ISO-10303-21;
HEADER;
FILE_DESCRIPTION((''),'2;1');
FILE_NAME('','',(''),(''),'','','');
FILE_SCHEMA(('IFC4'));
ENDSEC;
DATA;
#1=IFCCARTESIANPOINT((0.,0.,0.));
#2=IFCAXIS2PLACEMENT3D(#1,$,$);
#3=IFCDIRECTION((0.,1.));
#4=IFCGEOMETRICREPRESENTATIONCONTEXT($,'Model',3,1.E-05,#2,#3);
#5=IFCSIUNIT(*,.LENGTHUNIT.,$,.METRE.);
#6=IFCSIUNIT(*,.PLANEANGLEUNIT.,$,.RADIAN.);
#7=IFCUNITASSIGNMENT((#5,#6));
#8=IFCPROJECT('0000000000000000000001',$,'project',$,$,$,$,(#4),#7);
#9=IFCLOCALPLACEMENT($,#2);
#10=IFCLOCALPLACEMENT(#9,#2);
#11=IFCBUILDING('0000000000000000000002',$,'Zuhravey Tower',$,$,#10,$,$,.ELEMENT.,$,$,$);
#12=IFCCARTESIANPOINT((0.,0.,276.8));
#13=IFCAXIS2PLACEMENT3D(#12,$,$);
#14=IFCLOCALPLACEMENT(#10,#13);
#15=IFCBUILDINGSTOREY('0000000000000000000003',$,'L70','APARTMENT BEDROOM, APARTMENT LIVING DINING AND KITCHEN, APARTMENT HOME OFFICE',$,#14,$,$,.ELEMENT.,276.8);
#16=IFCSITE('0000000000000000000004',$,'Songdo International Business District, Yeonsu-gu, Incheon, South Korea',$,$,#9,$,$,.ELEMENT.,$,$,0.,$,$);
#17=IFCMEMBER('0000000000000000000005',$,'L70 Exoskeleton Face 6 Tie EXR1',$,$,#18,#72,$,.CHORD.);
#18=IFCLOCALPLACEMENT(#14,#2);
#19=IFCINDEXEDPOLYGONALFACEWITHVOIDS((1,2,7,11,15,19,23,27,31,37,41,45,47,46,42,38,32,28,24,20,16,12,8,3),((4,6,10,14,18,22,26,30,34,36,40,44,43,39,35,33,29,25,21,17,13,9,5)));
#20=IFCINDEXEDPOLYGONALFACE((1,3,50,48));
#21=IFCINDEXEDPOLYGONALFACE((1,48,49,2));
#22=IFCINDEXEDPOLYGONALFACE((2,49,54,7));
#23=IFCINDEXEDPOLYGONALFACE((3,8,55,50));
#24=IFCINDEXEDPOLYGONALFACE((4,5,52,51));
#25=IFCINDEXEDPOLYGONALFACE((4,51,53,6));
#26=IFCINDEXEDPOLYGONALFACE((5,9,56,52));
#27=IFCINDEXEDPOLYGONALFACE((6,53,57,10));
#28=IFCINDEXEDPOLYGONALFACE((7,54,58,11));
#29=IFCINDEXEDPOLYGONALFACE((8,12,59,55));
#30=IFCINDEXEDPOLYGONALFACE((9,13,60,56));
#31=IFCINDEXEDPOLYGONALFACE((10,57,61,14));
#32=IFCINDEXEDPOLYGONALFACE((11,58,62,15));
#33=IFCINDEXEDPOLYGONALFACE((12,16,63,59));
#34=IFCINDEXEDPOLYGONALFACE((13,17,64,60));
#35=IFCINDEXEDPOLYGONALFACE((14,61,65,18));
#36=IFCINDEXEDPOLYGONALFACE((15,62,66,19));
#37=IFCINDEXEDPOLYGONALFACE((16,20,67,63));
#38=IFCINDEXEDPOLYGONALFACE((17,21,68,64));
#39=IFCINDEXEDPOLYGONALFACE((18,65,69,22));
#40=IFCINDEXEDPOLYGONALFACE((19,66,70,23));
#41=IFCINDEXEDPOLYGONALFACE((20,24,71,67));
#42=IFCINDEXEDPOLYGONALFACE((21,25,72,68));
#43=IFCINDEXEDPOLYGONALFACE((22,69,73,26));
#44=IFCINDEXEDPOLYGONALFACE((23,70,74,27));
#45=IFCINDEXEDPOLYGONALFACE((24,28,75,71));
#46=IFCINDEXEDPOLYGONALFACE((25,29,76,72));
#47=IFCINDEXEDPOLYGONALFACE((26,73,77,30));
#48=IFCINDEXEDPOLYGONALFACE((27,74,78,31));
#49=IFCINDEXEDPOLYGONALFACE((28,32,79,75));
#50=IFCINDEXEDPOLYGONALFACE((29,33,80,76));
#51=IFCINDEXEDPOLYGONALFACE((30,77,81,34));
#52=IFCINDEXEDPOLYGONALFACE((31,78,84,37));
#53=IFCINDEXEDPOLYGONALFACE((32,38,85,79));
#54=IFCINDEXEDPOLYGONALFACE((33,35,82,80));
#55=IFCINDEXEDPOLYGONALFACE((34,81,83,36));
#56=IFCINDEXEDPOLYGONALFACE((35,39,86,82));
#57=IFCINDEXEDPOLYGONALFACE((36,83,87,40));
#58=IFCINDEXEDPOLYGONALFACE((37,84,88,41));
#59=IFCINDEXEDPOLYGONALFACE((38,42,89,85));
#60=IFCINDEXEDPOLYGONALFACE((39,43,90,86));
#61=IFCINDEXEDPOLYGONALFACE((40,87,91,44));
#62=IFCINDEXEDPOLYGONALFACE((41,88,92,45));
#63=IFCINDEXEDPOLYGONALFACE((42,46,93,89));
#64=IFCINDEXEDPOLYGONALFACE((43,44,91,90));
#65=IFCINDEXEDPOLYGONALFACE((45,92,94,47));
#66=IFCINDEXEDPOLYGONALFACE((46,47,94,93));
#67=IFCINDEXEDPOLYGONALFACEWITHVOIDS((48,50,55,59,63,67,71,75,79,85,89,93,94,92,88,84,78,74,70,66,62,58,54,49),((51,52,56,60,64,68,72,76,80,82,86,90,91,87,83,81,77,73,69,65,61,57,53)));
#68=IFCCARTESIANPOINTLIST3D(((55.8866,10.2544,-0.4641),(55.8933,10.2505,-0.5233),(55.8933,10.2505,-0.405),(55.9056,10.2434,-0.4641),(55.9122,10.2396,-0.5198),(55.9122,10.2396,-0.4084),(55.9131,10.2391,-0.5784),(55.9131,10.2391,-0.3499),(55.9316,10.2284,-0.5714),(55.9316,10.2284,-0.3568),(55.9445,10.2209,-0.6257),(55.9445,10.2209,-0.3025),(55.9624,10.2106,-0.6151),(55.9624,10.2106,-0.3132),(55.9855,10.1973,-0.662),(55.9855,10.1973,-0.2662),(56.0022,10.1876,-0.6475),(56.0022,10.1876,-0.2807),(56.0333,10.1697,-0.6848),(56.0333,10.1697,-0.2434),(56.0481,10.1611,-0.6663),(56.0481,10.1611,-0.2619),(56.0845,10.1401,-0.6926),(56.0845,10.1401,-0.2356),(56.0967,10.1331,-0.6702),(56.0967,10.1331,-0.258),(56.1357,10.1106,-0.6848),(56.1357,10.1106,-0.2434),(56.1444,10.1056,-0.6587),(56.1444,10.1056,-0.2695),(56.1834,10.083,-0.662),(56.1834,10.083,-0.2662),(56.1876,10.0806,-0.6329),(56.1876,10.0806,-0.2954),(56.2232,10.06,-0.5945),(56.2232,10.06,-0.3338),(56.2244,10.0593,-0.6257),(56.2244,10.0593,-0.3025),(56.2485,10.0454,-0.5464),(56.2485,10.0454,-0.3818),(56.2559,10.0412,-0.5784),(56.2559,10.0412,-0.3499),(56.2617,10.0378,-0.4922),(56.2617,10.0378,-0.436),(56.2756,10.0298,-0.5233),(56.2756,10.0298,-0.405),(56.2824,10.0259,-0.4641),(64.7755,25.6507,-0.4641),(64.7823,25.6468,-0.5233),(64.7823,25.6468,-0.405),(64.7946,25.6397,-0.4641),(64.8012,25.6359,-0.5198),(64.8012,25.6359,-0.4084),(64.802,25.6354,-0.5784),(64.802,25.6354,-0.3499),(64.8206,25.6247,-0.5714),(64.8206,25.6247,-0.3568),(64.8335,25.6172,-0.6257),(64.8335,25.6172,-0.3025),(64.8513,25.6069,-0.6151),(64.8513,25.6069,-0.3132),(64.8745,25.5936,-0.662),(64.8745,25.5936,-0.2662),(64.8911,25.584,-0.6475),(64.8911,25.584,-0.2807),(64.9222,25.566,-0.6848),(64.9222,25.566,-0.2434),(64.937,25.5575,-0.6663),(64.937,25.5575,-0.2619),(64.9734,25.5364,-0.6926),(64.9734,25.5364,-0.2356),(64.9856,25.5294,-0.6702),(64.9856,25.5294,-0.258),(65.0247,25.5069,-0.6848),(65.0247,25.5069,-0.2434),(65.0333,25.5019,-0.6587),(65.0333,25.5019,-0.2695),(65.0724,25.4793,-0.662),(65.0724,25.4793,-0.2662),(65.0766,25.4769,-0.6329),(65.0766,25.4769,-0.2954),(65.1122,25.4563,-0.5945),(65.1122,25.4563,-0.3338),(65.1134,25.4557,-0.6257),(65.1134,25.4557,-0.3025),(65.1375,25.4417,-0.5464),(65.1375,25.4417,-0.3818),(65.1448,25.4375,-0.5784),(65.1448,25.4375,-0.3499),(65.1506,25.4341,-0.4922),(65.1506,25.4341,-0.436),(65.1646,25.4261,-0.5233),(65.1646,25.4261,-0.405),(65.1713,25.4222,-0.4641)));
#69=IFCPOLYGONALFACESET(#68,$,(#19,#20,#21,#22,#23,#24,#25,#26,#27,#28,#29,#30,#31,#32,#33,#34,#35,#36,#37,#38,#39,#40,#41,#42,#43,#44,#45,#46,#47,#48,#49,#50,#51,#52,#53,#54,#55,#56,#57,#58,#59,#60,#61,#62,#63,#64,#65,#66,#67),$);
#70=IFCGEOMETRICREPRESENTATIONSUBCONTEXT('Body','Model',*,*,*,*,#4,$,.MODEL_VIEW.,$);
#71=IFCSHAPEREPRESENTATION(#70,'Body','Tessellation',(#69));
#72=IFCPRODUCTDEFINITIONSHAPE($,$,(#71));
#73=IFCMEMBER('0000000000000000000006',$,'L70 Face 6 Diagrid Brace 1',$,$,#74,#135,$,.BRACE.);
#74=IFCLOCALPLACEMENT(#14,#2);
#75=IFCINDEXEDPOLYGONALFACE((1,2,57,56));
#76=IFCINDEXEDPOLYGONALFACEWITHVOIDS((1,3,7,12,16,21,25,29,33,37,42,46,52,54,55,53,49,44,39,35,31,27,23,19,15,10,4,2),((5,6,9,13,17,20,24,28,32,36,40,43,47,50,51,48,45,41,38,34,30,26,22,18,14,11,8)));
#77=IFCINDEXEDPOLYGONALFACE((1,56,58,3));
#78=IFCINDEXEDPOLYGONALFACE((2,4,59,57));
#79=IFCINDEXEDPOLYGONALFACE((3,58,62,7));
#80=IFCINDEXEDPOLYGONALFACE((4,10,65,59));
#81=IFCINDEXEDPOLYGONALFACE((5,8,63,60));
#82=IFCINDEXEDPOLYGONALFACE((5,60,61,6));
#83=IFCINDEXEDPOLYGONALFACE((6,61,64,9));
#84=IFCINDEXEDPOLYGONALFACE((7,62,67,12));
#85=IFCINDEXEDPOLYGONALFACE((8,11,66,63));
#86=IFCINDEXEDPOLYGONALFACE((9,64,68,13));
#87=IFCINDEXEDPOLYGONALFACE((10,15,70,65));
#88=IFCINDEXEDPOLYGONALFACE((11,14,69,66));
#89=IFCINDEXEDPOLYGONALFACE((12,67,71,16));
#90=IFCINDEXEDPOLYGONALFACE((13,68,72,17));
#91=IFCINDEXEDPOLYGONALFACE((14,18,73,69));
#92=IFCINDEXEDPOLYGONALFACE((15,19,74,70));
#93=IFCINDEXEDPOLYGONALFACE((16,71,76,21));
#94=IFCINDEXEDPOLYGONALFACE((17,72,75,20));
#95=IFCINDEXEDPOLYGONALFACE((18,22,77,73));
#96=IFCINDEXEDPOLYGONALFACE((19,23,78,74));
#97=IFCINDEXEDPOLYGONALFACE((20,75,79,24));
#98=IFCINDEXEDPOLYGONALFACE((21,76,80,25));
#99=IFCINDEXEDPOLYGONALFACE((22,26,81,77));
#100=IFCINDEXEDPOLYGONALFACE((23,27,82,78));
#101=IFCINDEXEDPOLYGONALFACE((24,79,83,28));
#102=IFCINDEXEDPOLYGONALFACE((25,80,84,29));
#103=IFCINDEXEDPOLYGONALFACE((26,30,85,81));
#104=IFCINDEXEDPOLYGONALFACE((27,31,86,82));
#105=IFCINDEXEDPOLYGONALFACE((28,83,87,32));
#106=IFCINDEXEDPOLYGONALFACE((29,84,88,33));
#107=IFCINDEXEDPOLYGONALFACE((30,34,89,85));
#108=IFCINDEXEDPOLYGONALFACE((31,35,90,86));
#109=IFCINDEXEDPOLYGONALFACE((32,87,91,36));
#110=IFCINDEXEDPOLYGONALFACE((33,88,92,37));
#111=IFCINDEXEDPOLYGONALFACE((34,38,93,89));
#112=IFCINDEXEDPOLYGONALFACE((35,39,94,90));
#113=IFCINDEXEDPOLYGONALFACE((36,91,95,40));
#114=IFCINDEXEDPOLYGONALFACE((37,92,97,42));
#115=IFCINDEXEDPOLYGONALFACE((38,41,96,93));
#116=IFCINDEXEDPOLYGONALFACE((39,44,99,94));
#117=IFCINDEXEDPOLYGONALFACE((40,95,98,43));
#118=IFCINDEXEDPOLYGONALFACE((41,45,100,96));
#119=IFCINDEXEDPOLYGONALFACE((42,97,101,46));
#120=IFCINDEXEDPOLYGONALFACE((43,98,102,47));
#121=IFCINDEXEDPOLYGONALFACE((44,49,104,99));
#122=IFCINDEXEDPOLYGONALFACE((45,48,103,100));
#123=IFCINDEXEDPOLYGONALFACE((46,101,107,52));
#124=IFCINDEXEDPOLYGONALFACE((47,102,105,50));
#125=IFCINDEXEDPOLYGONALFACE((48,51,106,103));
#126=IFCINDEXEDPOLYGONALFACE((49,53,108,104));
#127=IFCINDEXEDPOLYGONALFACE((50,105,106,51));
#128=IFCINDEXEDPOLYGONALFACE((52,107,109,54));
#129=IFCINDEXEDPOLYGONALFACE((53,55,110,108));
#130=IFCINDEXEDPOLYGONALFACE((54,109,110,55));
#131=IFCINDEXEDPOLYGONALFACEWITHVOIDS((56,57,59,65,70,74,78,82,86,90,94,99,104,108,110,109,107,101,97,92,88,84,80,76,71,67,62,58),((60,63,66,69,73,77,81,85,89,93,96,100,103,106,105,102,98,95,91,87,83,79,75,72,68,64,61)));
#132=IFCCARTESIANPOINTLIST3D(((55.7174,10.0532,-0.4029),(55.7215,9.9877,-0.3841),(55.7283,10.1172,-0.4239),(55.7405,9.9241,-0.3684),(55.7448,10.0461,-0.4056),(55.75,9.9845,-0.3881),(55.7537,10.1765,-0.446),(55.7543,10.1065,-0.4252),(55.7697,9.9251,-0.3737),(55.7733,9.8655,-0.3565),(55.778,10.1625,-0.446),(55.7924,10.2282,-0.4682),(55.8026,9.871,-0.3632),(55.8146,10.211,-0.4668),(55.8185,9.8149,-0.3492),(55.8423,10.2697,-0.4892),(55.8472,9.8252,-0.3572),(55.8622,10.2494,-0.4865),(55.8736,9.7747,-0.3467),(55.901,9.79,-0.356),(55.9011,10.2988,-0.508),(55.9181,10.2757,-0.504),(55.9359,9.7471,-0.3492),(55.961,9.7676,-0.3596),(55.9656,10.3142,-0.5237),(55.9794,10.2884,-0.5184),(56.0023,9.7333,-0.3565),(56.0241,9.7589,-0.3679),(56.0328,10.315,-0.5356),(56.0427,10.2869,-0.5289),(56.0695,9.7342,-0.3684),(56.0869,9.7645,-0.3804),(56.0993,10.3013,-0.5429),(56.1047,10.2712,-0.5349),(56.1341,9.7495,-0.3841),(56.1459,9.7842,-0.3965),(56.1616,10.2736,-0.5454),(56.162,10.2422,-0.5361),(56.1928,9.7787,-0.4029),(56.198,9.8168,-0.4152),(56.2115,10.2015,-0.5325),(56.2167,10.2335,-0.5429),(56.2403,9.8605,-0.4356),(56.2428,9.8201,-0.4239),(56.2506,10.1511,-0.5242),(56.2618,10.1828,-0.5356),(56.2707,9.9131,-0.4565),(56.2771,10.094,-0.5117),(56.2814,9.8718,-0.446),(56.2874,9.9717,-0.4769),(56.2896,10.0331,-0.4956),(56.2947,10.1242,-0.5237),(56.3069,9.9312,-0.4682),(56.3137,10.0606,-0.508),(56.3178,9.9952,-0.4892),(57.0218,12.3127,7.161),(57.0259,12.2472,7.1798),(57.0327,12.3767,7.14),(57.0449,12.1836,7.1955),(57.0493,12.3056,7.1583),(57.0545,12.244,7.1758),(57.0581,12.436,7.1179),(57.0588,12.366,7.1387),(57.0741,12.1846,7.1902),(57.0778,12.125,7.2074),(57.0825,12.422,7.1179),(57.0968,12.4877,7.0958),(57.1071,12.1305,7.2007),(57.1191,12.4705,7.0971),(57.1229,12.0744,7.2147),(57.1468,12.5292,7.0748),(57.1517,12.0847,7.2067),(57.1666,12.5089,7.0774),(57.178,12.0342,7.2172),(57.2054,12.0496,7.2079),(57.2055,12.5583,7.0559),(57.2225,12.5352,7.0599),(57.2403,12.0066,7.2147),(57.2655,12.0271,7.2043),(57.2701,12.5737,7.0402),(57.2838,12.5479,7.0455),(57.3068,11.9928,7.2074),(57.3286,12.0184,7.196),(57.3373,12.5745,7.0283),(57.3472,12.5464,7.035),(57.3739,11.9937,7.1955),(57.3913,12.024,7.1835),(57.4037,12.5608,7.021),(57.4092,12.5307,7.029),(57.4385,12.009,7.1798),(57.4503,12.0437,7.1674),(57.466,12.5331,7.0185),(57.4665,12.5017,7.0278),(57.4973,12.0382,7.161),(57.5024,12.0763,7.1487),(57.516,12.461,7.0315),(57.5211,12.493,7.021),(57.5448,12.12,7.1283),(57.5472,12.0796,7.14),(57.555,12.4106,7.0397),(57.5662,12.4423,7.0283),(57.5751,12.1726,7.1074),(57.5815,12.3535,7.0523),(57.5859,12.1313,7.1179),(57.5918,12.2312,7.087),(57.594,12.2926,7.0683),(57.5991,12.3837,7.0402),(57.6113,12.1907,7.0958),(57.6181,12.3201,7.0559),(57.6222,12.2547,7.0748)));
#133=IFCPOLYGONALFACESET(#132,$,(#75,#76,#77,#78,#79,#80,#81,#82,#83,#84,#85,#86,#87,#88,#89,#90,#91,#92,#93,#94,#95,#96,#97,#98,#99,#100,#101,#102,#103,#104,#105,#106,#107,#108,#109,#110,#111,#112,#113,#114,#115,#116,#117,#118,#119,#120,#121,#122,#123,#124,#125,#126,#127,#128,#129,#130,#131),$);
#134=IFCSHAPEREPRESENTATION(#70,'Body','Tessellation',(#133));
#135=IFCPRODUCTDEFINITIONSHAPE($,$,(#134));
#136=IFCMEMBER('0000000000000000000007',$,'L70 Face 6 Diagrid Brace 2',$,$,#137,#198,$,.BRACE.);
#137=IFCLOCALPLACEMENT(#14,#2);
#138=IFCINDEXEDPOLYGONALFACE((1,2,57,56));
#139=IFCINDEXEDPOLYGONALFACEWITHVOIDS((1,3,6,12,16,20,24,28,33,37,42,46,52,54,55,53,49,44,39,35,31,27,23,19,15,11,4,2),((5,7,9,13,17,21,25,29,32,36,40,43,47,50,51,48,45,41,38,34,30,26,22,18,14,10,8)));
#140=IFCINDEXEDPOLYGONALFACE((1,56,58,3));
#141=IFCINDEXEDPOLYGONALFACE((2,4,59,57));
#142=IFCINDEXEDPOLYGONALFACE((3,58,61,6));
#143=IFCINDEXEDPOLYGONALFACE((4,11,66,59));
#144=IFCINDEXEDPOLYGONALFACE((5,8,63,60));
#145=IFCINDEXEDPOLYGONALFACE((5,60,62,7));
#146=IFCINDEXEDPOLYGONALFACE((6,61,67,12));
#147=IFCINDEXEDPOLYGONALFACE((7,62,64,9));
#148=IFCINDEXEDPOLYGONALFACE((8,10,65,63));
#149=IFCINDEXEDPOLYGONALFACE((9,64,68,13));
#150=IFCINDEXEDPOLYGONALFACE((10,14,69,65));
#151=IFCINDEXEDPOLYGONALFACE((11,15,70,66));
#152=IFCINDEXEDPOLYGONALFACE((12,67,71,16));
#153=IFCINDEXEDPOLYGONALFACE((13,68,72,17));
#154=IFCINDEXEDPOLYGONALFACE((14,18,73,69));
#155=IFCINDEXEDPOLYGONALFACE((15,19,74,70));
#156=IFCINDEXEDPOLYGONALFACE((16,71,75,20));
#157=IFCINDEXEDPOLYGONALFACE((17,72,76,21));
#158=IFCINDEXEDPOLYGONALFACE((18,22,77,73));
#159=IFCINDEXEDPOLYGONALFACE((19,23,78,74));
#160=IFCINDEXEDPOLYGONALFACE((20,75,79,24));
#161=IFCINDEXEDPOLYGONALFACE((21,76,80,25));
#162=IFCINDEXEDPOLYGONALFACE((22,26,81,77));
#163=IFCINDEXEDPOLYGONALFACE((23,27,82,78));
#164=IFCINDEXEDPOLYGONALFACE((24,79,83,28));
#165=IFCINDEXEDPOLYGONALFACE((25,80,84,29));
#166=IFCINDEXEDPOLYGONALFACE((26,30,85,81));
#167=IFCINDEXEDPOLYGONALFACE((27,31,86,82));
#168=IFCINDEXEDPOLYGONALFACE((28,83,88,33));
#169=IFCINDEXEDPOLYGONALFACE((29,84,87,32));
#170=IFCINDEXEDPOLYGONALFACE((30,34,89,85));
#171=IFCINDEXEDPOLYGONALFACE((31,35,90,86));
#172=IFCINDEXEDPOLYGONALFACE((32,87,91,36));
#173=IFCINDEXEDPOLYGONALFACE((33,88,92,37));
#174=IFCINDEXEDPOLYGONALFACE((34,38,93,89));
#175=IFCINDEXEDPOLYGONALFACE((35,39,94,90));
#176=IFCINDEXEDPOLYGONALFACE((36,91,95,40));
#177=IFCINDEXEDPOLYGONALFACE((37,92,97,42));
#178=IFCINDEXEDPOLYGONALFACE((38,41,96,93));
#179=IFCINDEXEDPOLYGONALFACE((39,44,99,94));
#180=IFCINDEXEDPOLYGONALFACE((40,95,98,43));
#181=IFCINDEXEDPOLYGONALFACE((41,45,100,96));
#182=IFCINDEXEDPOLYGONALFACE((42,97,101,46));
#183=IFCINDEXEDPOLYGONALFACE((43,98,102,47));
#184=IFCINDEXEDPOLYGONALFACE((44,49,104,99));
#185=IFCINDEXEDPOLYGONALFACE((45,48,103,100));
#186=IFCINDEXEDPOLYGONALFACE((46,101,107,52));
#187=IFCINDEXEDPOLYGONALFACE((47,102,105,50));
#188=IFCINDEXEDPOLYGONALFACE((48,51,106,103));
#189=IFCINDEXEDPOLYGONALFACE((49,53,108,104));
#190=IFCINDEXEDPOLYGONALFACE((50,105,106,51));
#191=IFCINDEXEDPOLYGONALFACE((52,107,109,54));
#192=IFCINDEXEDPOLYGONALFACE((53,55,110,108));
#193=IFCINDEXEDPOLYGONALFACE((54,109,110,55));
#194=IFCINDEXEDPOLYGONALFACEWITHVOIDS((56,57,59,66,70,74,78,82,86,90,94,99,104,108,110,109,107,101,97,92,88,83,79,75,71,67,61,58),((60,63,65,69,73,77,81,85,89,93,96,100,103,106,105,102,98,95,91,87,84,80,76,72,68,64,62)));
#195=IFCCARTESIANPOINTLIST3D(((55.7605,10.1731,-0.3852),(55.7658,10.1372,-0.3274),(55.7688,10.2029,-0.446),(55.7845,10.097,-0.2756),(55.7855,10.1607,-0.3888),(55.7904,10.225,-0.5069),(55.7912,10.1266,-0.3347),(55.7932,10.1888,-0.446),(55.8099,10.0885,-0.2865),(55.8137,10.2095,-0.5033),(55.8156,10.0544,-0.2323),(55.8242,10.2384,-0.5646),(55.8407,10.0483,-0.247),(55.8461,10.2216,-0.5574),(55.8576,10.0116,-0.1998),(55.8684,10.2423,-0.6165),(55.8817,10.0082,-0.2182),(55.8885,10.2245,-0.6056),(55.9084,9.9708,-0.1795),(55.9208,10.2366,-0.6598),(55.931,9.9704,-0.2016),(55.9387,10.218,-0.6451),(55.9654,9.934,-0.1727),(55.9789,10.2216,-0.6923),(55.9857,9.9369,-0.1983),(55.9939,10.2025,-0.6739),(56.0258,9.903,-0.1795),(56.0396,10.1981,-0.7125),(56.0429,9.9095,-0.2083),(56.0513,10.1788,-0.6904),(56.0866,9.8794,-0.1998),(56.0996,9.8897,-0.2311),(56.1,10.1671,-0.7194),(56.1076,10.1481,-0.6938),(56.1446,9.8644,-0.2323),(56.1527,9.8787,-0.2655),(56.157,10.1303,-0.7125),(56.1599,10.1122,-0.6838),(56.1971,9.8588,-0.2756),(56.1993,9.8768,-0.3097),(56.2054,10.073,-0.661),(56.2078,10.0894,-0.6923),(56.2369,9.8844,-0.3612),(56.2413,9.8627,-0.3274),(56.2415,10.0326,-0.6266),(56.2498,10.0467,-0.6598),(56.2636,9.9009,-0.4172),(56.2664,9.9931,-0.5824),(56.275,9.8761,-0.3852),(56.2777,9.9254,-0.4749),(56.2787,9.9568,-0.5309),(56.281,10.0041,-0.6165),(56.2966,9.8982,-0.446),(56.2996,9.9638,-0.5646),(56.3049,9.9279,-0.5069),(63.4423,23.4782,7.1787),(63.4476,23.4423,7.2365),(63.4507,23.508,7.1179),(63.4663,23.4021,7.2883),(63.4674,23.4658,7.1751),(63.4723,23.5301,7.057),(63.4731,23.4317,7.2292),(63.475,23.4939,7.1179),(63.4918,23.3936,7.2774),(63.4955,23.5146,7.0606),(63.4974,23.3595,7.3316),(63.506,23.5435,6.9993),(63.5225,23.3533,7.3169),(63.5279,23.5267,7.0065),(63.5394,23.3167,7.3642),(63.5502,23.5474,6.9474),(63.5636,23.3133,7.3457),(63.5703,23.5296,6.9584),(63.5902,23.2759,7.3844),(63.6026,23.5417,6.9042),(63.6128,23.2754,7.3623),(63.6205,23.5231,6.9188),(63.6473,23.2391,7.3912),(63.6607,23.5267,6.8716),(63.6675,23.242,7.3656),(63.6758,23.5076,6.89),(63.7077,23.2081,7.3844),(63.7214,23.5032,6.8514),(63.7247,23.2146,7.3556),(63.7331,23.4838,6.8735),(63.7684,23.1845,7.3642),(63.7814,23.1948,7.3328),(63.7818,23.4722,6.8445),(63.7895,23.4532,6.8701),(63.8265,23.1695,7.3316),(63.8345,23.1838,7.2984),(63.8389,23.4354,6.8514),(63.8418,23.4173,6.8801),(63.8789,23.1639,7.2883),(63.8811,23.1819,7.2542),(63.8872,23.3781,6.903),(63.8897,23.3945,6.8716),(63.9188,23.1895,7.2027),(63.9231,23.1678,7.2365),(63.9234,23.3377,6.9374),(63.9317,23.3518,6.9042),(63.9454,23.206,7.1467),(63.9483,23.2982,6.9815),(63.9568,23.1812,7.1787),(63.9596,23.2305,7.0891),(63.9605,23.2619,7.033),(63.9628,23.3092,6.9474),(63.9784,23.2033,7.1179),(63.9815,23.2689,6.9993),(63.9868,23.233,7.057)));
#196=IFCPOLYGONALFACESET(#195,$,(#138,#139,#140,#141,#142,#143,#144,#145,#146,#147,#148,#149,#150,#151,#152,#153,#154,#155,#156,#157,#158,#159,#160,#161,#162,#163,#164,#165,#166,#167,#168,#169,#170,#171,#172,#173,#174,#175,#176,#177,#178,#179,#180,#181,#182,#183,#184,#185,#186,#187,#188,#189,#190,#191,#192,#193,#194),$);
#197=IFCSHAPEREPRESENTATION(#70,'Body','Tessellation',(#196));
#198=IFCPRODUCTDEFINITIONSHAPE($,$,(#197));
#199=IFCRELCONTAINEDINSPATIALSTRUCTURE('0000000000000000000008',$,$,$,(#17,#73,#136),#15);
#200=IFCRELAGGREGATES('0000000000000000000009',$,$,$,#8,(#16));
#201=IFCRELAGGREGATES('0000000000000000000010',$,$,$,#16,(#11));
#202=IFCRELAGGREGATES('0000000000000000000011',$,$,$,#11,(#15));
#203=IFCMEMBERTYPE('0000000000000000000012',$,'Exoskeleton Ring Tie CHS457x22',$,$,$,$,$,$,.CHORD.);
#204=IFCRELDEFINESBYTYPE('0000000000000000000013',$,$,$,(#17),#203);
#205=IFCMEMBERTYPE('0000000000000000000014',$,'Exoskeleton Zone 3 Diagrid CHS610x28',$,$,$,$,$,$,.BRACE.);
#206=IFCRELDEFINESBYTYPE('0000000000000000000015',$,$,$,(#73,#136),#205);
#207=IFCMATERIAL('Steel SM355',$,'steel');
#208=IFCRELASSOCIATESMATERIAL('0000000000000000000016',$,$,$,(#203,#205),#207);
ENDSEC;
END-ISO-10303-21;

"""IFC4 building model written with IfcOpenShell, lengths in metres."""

from ifc_helpers import new_model, si_unit, direction, frame, origin, origin_2d, place, context, subcontext, project, spatial, hollow_circle, extrude, material, material_profile, profile_set, type_object, element, save


model = new_model("IFC4")

# Units and contexts
model_context = context("Model", 3, precision=1e-05, world=origin(), true_north=direction((0.0, 1.0)))
body_context = subcontext(model_context, "Body", "Model", "MODEL_VIEW")
ifc_project = project(units=[si_unit("LENGTHUNIT", "METRE"), si_unit("PLANEANGLEUNIT", "RADIAN")], contexts=[model_context])

# Site, building, storey
site_placement = place(None, origin())
site = spatial("IfcSite", under=ifc_project, at=site_placement, Name="Songdo International Business District, Yeonsu-gu, Incheon, South Korea", CompositionType="ELEMENT", RefElevation=0.0)
building_placement = place(site_placement, origin())
building = spatial("IfcBuilding", under=site, at=building_placement, Name="Zuhravey Tower", CompositionType="ELEMENT")
storey_placement = place(building_placement, frame((0.0, 0.0, 276.8)))
storey = spatial("IfcBuildingStorey", under=building, at=storey_placement, Name="L70", Description="APARTMENT BEDROOM, APARTMENT LIVING DINING AND KITCHEN, APARTMENT HOME OFFICE", CompositionType="ELEMENT", Elevation=276.8)

# Members
ifc_material_1 = material(Name="Steel SM355", Category="steel")
ifc_material_profile_1 = material_profile(ifc_material_1, hollow_circle(Radius=0.2285, WallThickness=0.022, at=origin_2d()), Name="CHS-457.2x22")
ifc_profile_set_1 = profile_set([ifc_material_profile_1], Name="Steel SM355")
member_type_1 = type_object("IfcMemberType", Name="Exoskeleton Ring Tie CHS457x22", PredefinedType="CHORD", material=ifc_profile_set_1)
member_1_placement = place(storey_placement, frame((56.0845, 10.1401, -0.4641), z_axis=(0.499995, 0.866028, 0.0), x_axis=(-0.866028, 0.499995, 0.0)))
element("IfcMember", 1, at=member_1_placement, inside=storey, type_object=member_type_1, Name="L70 Exoskeleton Face 6 Tie EXR1", PredefinedType="CHORD", context=body_context, shape_type="SweptSolid", body=[
    extrude(hollow_circle(Radius=0.2285, WallThickness=0.022, at=origin_2d()), origin(), (0.0, 0.0, 1.0), 17.7781),
])
ifc_material_profile_2 = material_profile(ifc_material_1, hollow_circle(Radius=0.3047, WallThickness=0.0281, at=origin_2d()), Name="CHS-609.6x28")
ifc_profile_set_2 = profile_set([ifc_material_profile_2], Name="Steel SM355")
member_type_2 = type_object("IfcMemberType", Name="Exoskeleton Zone 3 Diagrid CHS610x28", PredefinedType="BRACE", material=ifc_profile_set_2)
member_2_placement = place(storey_placement, frame((56.0176, 10.0242, -0.446), z_axis=(0.163029, 0.282395, 0.945344), x_axis=(-0.866041, 0.499974, 0.0)))
element("IfcMember", 2, at=member_2_placement, inside=storey, type_object=member_type_2, Name="L70 Face 6 Diagrid Brace 1", PredefinedType="BRACE", context=body_context, shape_type="SweptSolid", body=[
    extrude(hollow_circle(Radius=0.3047, WallThickness=0.0281, at=origin_2d()), origin(), (0.0, 0.0, 1.0), 8.0012),
])
member_3_placement = place(storey_placement, frame((56.0327, 10.0505, -0.446), z_axis=(0.448587, 0.776962, 0.441701), x_axis=(-0.866022, 0.500007, 0.0)))
element("IfcMember", 3, at=member_3_placement, inside=storey, type_object=member_type_2, Name="L70 Face 6 Diagrid Brace 2", PredefinedType="BRACE", context=body_context, shape_type="SweptSolid", body=[
    extrude(hollow_circle(Radius=0.3047, WallThickness=0.0281, at=origin_2d()), origin(), (0.0, 0.0, 1.0), 17.1245),
])

save(model, "model.ifc")
